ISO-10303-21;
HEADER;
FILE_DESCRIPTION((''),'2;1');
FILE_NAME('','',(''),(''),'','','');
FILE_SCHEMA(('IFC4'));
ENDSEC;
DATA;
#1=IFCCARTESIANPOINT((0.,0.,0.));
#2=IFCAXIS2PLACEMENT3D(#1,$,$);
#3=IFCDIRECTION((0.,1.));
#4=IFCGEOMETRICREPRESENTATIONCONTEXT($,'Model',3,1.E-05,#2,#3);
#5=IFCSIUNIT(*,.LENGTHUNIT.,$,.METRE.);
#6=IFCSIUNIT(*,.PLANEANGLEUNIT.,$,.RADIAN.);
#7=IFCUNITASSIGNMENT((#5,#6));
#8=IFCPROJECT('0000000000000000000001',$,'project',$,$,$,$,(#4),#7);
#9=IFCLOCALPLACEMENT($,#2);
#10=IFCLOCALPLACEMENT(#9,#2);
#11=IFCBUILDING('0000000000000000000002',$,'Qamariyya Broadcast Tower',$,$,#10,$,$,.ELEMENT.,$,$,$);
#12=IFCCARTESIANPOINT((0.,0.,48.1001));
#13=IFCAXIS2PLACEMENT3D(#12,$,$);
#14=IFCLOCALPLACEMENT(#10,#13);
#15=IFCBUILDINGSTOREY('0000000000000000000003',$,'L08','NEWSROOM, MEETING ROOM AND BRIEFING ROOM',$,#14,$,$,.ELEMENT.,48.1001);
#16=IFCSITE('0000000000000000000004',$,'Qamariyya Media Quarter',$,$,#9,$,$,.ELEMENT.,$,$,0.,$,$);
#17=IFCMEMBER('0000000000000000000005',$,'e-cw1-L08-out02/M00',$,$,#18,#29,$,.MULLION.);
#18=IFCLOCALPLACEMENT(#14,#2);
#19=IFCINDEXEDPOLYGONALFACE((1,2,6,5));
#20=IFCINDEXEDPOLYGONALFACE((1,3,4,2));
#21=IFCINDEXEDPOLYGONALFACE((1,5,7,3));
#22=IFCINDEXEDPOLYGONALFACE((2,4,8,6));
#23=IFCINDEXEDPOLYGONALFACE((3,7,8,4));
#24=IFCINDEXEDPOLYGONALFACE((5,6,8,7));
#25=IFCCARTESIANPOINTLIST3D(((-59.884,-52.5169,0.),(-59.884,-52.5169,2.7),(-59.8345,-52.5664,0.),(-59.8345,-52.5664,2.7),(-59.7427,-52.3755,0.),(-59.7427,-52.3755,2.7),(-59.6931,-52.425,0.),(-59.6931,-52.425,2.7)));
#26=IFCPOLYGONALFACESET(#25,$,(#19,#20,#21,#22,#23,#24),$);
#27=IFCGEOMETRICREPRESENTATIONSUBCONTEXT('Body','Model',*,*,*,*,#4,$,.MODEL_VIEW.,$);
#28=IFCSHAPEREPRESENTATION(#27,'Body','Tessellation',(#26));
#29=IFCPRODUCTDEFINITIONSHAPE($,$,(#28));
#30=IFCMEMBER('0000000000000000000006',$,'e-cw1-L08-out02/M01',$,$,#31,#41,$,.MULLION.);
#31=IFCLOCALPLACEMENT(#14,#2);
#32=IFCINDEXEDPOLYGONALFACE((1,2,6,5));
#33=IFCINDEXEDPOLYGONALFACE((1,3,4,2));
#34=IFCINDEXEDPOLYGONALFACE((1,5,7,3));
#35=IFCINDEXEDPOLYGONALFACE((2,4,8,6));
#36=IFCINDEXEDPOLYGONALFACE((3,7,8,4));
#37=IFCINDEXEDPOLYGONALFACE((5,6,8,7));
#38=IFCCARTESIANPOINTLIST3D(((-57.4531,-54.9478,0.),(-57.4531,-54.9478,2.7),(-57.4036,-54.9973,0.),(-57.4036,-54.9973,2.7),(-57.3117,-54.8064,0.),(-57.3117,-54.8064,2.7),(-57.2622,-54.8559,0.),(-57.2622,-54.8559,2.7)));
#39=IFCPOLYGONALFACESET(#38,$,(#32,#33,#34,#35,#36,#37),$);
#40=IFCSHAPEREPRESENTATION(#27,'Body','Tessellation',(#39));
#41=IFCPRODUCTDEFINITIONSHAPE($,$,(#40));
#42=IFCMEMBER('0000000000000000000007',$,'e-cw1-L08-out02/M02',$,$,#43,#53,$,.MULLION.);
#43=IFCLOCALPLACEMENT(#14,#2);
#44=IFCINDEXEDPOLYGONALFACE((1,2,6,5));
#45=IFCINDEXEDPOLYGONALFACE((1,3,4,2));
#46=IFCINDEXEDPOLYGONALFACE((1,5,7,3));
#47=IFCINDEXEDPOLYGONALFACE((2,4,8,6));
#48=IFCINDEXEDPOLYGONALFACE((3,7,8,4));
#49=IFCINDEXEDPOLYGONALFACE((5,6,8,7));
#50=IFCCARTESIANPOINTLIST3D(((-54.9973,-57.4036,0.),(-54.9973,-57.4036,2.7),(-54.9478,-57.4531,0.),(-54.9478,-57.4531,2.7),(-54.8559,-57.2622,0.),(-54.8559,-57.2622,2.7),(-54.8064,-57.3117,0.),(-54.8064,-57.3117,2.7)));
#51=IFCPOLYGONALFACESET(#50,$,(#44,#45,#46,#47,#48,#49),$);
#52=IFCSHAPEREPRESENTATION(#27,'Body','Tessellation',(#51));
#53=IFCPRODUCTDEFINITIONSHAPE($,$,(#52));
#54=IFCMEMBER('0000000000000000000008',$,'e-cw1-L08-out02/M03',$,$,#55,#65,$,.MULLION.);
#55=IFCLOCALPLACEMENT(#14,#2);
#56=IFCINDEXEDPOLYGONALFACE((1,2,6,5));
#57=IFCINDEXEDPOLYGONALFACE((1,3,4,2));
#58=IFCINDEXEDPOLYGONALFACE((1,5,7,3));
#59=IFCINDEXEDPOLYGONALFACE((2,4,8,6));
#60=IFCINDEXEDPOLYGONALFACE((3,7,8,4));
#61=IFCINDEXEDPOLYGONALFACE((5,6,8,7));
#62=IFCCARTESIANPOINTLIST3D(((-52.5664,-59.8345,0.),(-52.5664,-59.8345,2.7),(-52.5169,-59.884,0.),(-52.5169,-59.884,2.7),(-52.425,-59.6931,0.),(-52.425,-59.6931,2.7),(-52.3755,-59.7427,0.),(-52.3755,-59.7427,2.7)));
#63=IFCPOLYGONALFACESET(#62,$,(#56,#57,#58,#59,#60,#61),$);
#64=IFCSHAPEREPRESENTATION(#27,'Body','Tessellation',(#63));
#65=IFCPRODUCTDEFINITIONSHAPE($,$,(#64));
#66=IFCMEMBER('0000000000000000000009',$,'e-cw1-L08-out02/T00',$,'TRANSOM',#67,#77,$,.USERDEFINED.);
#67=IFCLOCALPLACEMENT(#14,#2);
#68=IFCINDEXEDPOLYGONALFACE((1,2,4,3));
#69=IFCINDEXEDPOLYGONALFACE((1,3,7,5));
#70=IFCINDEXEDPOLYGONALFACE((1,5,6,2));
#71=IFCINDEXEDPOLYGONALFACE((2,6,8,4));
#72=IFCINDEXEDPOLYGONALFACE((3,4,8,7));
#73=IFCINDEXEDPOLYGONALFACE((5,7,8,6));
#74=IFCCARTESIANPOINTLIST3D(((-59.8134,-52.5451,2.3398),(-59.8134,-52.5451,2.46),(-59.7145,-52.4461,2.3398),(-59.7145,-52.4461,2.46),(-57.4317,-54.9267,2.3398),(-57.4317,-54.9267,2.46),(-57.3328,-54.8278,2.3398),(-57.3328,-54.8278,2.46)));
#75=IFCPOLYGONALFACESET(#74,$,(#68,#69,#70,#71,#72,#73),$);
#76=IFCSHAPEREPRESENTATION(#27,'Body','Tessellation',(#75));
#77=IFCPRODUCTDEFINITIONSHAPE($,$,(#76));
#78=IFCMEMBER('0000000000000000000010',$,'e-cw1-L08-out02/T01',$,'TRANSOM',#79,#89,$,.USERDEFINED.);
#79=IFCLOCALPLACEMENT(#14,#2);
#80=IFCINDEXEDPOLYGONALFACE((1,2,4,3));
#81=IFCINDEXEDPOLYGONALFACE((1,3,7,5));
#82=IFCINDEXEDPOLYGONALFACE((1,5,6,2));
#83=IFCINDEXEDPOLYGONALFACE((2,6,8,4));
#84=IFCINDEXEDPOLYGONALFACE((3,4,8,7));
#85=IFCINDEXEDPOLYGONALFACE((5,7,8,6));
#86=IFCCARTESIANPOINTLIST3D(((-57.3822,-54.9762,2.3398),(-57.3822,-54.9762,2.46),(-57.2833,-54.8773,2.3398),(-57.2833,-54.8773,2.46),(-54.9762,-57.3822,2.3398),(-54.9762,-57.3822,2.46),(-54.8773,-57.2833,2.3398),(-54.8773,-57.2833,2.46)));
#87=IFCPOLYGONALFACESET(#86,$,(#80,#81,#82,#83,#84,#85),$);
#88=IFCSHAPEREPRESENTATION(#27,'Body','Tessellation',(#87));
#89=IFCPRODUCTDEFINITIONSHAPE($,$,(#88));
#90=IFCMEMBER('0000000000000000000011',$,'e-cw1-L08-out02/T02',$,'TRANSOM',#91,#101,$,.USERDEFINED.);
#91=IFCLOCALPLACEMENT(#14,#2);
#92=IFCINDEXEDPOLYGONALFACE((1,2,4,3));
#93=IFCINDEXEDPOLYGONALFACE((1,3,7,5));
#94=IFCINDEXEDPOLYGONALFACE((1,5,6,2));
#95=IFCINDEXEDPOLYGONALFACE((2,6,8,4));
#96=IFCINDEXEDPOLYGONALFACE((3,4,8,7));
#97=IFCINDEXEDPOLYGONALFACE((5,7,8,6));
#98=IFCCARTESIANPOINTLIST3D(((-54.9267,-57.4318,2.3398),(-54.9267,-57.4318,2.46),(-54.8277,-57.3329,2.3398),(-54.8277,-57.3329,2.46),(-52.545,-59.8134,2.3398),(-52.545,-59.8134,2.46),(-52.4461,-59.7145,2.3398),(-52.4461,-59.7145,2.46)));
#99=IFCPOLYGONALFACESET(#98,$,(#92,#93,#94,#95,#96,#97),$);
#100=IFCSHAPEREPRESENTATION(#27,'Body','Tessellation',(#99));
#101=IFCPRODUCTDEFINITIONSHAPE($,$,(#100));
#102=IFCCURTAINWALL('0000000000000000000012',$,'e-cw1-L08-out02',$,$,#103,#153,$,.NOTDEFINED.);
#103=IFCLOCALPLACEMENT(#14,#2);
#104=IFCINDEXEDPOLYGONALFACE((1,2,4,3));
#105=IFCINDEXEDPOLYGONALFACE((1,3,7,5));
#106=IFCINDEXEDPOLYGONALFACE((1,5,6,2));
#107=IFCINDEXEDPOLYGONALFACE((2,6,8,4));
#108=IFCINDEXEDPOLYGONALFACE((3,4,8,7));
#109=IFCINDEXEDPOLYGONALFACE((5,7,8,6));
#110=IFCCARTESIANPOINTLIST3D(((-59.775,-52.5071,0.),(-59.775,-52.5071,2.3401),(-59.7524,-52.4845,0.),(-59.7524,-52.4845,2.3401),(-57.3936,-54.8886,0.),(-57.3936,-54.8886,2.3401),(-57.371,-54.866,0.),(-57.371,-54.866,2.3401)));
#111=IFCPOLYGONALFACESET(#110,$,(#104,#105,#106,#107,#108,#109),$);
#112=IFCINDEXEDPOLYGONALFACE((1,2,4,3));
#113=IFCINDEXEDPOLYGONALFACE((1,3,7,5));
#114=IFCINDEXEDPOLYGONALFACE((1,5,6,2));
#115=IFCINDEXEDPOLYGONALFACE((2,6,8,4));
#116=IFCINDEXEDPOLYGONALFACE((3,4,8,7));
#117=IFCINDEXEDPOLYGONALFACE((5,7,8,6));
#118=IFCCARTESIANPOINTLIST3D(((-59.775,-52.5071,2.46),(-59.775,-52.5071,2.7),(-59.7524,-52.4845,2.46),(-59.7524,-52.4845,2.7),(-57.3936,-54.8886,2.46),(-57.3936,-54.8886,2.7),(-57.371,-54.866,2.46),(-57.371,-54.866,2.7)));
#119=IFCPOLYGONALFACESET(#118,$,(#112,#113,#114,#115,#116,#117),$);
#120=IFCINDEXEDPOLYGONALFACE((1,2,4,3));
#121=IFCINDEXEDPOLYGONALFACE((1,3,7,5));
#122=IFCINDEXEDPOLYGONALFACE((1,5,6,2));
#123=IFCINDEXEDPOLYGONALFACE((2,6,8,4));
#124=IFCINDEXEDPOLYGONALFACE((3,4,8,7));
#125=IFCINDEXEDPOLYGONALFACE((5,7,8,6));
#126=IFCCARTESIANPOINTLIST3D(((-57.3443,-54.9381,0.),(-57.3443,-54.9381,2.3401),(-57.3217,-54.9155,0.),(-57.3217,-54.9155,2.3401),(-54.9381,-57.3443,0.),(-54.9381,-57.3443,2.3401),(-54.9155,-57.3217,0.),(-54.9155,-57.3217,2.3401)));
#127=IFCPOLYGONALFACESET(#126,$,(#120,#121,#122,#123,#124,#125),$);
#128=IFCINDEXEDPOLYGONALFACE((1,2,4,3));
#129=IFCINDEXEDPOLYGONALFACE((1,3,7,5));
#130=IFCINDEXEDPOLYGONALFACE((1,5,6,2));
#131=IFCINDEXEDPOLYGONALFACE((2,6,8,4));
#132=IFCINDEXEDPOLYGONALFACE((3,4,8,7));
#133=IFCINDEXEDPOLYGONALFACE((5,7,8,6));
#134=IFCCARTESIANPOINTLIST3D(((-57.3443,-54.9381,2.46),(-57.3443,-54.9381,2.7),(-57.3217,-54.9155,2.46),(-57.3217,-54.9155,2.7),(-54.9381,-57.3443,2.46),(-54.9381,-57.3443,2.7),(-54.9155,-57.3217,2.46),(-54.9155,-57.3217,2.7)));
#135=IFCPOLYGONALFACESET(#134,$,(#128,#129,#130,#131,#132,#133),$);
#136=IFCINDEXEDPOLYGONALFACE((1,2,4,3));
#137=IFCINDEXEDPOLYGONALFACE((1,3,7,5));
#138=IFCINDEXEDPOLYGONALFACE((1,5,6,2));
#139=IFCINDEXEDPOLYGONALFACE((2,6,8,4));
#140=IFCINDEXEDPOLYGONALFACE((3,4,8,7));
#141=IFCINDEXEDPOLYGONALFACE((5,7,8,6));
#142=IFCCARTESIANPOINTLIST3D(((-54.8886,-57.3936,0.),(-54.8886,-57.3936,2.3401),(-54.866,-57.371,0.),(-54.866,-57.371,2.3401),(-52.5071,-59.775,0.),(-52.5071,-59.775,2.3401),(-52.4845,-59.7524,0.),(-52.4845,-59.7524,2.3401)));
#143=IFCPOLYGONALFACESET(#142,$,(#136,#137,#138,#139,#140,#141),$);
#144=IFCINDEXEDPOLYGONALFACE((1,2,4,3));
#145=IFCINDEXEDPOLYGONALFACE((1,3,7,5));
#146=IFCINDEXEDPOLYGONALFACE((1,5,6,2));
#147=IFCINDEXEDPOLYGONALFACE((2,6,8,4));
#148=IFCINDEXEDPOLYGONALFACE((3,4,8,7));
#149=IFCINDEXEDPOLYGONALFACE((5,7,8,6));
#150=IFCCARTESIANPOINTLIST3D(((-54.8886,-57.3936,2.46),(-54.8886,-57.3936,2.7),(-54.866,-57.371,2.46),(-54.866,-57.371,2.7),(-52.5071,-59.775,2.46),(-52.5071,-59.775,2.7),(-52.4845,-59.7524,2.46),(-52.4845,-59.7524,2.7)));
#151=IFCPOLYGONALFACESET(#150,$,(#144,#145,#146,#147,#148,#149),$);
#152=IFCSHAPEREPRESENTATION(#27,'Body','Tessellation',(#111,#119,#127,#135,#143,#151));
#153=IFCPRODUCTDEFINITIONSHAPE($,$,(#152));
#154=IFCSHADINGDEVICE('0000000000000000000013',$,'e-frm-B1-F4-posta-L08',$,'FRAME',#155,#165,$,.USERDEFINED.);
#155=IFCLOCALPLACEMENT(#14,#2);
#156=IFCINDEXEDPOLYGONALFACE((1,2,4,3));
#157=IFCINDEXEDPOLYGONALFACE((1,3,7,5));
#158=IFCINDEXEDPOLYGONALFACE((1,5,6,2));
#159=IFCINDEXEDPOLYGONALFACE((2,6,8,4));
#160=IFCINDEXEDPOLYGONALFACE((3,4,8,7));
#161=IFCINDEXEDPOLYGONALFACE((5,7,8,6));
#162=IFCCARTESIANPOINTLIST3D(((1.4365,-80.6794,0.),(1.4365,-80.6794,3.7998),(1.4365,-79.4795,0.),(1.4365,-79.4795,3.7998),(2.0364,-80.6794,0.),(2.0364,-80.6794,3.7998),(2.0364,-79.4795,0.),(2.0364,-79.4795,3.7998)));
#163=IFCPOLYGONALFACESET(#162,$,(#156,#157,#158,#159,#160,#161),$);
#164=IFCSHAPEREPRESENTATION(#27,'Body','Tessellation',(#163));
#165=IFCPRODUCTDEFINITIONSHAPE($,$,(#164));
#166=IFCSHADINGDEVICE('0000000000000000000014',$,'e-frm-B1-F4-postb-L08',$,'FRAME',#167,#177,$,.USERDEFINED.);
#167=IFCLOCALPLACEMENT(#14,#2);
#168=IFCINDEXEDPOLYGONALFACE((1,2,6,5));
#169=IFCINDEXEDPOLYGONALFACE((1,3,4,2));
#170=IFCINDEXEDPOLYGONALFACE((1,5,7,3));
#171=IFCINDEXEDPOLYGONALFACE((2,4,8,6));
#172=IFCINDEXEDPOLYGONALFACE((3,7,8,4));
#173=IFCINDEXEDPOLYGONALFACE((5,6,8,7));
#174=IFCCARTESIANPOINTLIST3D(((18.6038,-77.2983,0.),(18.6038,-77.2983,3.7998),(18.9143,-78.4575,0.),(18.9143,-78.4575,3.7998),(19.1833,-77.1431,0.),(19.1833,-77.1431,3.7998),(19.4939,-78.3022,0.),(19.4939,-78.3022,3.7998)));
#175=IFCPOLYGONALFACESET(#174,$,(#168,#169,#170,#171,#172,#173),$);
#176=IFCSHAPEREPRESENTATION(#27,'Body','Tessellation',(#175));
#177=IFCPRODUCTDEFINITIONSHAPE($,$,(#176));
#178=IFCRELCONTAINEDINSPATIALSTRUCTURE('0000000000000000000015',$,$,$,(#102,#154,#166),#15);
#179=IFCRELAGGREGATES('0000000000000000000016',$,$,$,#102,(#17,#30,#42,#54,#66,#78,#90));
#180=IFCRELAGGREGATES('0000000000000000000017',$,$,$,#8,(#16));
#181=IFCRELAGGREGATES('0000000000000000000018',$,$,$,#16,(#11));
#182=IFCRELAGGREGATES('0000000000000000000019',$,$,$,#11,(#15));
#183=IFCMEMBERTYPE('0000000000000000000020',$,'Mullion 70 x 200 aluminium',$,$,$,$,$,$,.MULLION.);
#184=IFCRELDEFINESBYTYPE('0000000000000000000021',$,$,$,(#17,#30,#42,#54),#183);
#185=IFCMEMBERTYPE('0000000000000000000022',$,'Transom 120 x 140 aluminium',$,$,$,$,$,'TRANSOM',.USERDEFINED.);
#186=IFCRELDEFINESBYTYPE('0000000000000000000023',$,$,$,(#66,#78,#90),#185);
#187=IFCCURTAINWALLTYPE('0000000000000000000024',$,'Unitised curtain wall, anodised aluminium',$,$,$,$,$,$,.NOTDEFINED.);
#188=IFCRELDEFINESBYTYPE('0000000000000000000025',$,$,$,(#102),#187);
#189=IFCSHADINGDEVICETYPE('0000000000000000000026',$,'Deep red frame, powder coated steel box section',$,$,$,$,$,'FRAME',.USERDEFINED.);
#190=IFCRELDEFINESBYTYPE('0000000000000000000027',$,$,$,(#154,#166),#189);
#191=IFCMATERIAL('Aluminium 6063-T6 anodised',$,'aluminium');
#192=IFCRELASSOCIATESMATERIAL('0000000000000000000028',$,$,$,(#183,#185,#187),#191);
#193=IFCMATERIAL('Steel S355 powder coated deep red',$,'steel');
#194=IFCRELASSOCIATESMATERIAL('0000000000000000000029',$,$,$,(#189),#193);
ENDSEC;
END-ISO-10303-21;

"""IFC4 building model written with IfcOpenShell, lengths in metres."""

from ifc_helpers import new_model, si_unit, direction, frame, origin, origin_2d, place, context, subcontext, project, spatial, polyline, rectangle, outline, extrude, material, material_profile, profile_set, type_object, element, aggregate, save


model = new_model("IFC4")

# Units and contexts
model_context = context("Model", 3, precision=1e-05, world=origin(), true_north=direction((0.0, 1.0)))
body_context = subcontext(model_context, "Body", "Model", "MODEL_VIEW")
ifc_project = project(units=[si_unit("LENGTHUNIT", "METRE"), si_unit("PLANEANGLEUNIT", "RADIAN")], contexts=[model_context])

# Members
ifc_material_1 = material(Name="Aluminium 6063-T6 anodised", Category="aluminium")
ifc_material_profile_1 = material_profile(ifc_material_1, rectangle(XDim=0.2, YDim=0.0701, at=origin_2d()))
ifc_profile_set_1 = profile_set([ifc_material_profile_1], Name="Aluminium 6063-T6 anodised")
member_type_1 = type_object("IfcMemberType", Name="Mullion 70 x 200 aluminium", PredefinedType="MULLION", material=ifc_profile_set_1)
site_placement = place(None, origin())
building_placement = place(site_placement, origin())
storey_placement = place(building_placement, frame((0.0, 0.0, 48.1001)))
member_1_placement = place(storey_placement, frame((-59.7886, -52.4709, 0.0), z_axis=(0.0, 0.0, 1.0), x_axis=(0.707107, 0.707107, 0.0)))
member_1 = element("IfcMember", 1, at=member_1_placement, type_object=member_type_1, Name="e-cw1-L08-out02/M00", PredefinedType="MULLION", context=body_context, shape_type="SweptSolid", body=[
    extrude(rectangle(XDim=0.2, YDim=0.0701, at=origin_2d()), origin(), (0.0, 0.0, 1.0), 2.7),
])
member_2_placement = place(storey_placement, frame((-57.3577, -54.9019, 0.0), z_axis=(0.0, 0.0, 1.0), x_axis=(0.707107, 0.707107, 0.0)))
member_2 = element("IfcMember", 2, at=member_2_placement, type_object=member_type_1, Name="e-cw1-L08-out02/M01", PredefinedType="MULLION", context=body_context, shape_type="SweptSolid", body=[
    extrude(rectangle(XDim=0.2, YDim=0.0701, at=origin_2d()), origin(), (0.0, 0.0, 1.0), 2.7),
])
member_3_placement = place(storey_placement, frame((-54.9019, -57.3577, 0.0), z_axis=(0.0, 0.0, 1.0), x_axis=(0.707107, 0.707107, 0.0)))
member_3 = element("IfcMember", 3, at=member_3_placement, type_object=member_type_1, Name="e-cw1-L08-out02/M02", PredefinedType="MULLION", context=body_context, shape_type="SweptSolid", body=[
    extrude(rectangle(XDim=0.2, YDim=0.0701, at=origin_2d()), origin(), (0.0, 0.0, 1.0), 2.7),
])
member_4_placement = place(storey_placement, frame((-52.4709, -59.7886, 0.0), z_axis=(0.0, 0.0, 1.0), x_axis=(0.707107, 0.707107, 0.0)))
member_4 = element("IfcMember", 4, at=member_4_placement, type_object=member_type_1, Name="e-cw1-L08-out02/M03", PredefinedType="MULLION", context=body_context, shape_type="SweptSolid", body=[
    extrude(rectangle(XDim=0.2, YDim=0.0701, at=origin_2d()), origin(), (0.0, 0.0, 1.0), 2.7),
])
ifc_material_profile_2 = material_profile(ifc_material_1, rectangle(XDim=0.1399, YDim=0.1201, at=origin_2d()))
ifc_profile_set_2 = profile_set([ifc_material_profile_2], Name="Aluminium 6063-T6 anodised")
member_type_2 = type_object("IfcMemberType", Name="Transom 120 x 140 aluminium", ElementType="TRANSOM", PredefinedType="USERDEFINED", material=ifc_profile_set_2)
member_5_placement = place(storey_placement, frame((-59.7639, -52.4956, 2.3999), z_axis=(0.707107, -0.707107, 0.0), x_axis=(0.707107, 0.707107, 0.0)))
member_5 = element("IfcMember", 5, at=member_5_placement, type_object=member_type_2, Name="e-cw1-L08-out02/T00", ObjectType="TRANSOM", PredefinedType="USERDEFINED", context=body_context, shape_type="SweptSolid", body=[
    extrude(rectangle(XDim=0.1399, YDim=0.1201, at=origin_2d()), origin(), (0.0, 0.0, 1.0), 3.3682),
])
member_6_placement = place(storey_placement, frame((-57.3328, -54.9268, 2.3999), z_axis=(0.707107, -0.707107, 0.0), x_axis=(0.707107, 0.707107, 0.0)))
member_6 = element("IfcMember", 6, at=member_6_placement, type_object=member_type_2, Name="e-cw1-L08-out02/T01", ObjectType="TRANSOM", PredefinedType="USERDEFINED", context=body_context, shape_type="SweptSolid", body=[
    extrude(rectangle(XDim=0.1399, YDim=0.1201, at=origin_2d()), origin(), (0.0, 0.0, 1.0), 3.4026),
])
member_7_placement = place(storey_placement, frame((-54.8772, -57.3823, 2.3999), z_axis=(0.707107, -0.707107, 0.0), x_axis=(0.707107, 0.707107, 0.0)))
member_7 = element("IfcMember", 7, at=member_7_placement, type_object=member_type_2, Name="e-cw1-L08-out02/T02", ObjectType="TRANSOM", PredefinedType="USERDEFINED", context=body_context, shape_type="SweptSolid", body=[
    extrude(rectangle(XDim=0.1399, YDim=0.1201, at=origin_2d()), origin(), (0.0, 0.0, 1.0), 3.3682),
])

# Site, building, storey
site = spatial("IfcSite", under=ifc_project, at=site_placement, Name="Qamariyya Media Quarter", CompositionType="ELEMENT", RefElevation=0.0)
building = spatial("IfcBuilding", under=site, at=building_placement, Name="Qamariyya Broadcast Tower", CompositionType="ELEMENT")
storey = spatial("IfcBuildingStorey", under=building, at=storey_placement, Name="L08", Description="NEWSROOM, MEETING ROOM AND BRIEFING ROOM", CompositionType="ELEMENT", Elevation=48.1001)

# Curtain wall
curtain_wall_type = type_object("IfcCurtainWallType", Name="Unitised curtain wall, anodised aluminium", PredefinedType="NOTDEFINED", material=ifc_material_1)
curtain_wall_1_placement = place(storey_placement, origin())
curtain_wall_1 = element("IfcCurtainWall", 8, at=curtain_wall_1_placement, inside=storey, type_object=curtain_wall_type, Name="e-cw1-L08-out02", PredefinedType="NOTDEFINED", context=body_context, shape_type="SweptSolid", body=[
    extrude(rectangle(XDim=3.3679, YDim=0.032, at=origin_2d()), frame((-58.573, -53.6865, 0.0), x_axis=(0.707107, -0.707107, 0.0)), (0.0, 0.0, 1.0), 2.3401),
    extrude(rectangle(XDim=3.3679, YDim=0.032, at=origin_2d()), frame((-58.573, -53.6865, 2.46), x_axis=(0.707107, -0.707107, 0.0)), (0.0, 0.0, 1.0), 0.24),
    extrude(rectangle(XDim=3.4028, YDim=0.032, at=origin_2d()), frame((-56.1299, -56.1299, 0.0), x_axis=(0.707107, -0.707107, 0.0)), (0.0, 0.0, 1.0), 2.3401),
    extrude(rectangle(XDim=3.4028, YDim=0.032, at=origin_2d()), frame((-56.1299, -56.1299, 2.46), x_axis=(0.707107, -0.707107, 0.0)), (0.0, 0.0, 1.0), 0.24),
    extrude(rectangle(XDim=3.3679, YDim=0.032, at=origin_2d()), frame((-53.6865, -58.573, 0.0), x_axis=(0.707107, -0.707107, 0.0)), (0.0, 0.0, 1.0), 2.3401),
    extrude(rectangle(XDim=3.3679, YDim=0.032, at=origin_2d()), frame((-53.6865, -58.573, 2.46), x_axis=(0.707107, -0.707107, 0.0)), (0.0, 0.0, 1.0), 0.24),
])
aggregate(curtain_wall_1, [member_1, member_2, member_3, member_4, member_5, member_6, member_7])

# Shading devices
ifc_material_2 = material(Name="Steel S355 powder coated deep red", Category="steel")
shading_device_type = type_object("IfcShadingDeviceType", Name="Deep red frame, powder coated steel box section", ElementType="FRAME", PredefinedType="USERDEFINED", material=ifc_material_2)
shading_device_1_placement = place(storey_placement, origin())
element("IfcShadingDevice", 9, at=shading_device_1_placement, inside=storey, type_object=shading_device_type, Name="e-frm-B1-F4-posta-L08", ObjectType="FRAME", PredefinedType="USERDEFINED", context=body_context, shape_type="SweptSolid", body=[
    extrude(outline(polyline([(1.4365, -79.4795), (1.4365, -80.6794), (2.0364, -80.6794), (2.0364, -79.4795), (1.4365, -79.4795)])), origin(), (0.0, 0.0, 1.0), 3.7998),
])
shading_device_2_placement = place(storey_placement, origin())
element("IfcShadingDevice", 10, at=shading_device_2_placement, inside=storey, type_object=shading_device_type, Name="e-frm-B1-F4-postb-L08", ObjectType="FRAME", PredefinedType="USERDEFINED", context=body_context, shape_type="SweptSolid", body=[
    extrude(outline(polyline([(18.6038, -77.2983), (18.9143, -78.4575), (19.4939, -78.3022), (19.1833, -77.1431), (18.6038, -77.2983)])), origin(), (0.0, 0.0, 1.0), 3.7998),
])

save(model, "model.ifc")
